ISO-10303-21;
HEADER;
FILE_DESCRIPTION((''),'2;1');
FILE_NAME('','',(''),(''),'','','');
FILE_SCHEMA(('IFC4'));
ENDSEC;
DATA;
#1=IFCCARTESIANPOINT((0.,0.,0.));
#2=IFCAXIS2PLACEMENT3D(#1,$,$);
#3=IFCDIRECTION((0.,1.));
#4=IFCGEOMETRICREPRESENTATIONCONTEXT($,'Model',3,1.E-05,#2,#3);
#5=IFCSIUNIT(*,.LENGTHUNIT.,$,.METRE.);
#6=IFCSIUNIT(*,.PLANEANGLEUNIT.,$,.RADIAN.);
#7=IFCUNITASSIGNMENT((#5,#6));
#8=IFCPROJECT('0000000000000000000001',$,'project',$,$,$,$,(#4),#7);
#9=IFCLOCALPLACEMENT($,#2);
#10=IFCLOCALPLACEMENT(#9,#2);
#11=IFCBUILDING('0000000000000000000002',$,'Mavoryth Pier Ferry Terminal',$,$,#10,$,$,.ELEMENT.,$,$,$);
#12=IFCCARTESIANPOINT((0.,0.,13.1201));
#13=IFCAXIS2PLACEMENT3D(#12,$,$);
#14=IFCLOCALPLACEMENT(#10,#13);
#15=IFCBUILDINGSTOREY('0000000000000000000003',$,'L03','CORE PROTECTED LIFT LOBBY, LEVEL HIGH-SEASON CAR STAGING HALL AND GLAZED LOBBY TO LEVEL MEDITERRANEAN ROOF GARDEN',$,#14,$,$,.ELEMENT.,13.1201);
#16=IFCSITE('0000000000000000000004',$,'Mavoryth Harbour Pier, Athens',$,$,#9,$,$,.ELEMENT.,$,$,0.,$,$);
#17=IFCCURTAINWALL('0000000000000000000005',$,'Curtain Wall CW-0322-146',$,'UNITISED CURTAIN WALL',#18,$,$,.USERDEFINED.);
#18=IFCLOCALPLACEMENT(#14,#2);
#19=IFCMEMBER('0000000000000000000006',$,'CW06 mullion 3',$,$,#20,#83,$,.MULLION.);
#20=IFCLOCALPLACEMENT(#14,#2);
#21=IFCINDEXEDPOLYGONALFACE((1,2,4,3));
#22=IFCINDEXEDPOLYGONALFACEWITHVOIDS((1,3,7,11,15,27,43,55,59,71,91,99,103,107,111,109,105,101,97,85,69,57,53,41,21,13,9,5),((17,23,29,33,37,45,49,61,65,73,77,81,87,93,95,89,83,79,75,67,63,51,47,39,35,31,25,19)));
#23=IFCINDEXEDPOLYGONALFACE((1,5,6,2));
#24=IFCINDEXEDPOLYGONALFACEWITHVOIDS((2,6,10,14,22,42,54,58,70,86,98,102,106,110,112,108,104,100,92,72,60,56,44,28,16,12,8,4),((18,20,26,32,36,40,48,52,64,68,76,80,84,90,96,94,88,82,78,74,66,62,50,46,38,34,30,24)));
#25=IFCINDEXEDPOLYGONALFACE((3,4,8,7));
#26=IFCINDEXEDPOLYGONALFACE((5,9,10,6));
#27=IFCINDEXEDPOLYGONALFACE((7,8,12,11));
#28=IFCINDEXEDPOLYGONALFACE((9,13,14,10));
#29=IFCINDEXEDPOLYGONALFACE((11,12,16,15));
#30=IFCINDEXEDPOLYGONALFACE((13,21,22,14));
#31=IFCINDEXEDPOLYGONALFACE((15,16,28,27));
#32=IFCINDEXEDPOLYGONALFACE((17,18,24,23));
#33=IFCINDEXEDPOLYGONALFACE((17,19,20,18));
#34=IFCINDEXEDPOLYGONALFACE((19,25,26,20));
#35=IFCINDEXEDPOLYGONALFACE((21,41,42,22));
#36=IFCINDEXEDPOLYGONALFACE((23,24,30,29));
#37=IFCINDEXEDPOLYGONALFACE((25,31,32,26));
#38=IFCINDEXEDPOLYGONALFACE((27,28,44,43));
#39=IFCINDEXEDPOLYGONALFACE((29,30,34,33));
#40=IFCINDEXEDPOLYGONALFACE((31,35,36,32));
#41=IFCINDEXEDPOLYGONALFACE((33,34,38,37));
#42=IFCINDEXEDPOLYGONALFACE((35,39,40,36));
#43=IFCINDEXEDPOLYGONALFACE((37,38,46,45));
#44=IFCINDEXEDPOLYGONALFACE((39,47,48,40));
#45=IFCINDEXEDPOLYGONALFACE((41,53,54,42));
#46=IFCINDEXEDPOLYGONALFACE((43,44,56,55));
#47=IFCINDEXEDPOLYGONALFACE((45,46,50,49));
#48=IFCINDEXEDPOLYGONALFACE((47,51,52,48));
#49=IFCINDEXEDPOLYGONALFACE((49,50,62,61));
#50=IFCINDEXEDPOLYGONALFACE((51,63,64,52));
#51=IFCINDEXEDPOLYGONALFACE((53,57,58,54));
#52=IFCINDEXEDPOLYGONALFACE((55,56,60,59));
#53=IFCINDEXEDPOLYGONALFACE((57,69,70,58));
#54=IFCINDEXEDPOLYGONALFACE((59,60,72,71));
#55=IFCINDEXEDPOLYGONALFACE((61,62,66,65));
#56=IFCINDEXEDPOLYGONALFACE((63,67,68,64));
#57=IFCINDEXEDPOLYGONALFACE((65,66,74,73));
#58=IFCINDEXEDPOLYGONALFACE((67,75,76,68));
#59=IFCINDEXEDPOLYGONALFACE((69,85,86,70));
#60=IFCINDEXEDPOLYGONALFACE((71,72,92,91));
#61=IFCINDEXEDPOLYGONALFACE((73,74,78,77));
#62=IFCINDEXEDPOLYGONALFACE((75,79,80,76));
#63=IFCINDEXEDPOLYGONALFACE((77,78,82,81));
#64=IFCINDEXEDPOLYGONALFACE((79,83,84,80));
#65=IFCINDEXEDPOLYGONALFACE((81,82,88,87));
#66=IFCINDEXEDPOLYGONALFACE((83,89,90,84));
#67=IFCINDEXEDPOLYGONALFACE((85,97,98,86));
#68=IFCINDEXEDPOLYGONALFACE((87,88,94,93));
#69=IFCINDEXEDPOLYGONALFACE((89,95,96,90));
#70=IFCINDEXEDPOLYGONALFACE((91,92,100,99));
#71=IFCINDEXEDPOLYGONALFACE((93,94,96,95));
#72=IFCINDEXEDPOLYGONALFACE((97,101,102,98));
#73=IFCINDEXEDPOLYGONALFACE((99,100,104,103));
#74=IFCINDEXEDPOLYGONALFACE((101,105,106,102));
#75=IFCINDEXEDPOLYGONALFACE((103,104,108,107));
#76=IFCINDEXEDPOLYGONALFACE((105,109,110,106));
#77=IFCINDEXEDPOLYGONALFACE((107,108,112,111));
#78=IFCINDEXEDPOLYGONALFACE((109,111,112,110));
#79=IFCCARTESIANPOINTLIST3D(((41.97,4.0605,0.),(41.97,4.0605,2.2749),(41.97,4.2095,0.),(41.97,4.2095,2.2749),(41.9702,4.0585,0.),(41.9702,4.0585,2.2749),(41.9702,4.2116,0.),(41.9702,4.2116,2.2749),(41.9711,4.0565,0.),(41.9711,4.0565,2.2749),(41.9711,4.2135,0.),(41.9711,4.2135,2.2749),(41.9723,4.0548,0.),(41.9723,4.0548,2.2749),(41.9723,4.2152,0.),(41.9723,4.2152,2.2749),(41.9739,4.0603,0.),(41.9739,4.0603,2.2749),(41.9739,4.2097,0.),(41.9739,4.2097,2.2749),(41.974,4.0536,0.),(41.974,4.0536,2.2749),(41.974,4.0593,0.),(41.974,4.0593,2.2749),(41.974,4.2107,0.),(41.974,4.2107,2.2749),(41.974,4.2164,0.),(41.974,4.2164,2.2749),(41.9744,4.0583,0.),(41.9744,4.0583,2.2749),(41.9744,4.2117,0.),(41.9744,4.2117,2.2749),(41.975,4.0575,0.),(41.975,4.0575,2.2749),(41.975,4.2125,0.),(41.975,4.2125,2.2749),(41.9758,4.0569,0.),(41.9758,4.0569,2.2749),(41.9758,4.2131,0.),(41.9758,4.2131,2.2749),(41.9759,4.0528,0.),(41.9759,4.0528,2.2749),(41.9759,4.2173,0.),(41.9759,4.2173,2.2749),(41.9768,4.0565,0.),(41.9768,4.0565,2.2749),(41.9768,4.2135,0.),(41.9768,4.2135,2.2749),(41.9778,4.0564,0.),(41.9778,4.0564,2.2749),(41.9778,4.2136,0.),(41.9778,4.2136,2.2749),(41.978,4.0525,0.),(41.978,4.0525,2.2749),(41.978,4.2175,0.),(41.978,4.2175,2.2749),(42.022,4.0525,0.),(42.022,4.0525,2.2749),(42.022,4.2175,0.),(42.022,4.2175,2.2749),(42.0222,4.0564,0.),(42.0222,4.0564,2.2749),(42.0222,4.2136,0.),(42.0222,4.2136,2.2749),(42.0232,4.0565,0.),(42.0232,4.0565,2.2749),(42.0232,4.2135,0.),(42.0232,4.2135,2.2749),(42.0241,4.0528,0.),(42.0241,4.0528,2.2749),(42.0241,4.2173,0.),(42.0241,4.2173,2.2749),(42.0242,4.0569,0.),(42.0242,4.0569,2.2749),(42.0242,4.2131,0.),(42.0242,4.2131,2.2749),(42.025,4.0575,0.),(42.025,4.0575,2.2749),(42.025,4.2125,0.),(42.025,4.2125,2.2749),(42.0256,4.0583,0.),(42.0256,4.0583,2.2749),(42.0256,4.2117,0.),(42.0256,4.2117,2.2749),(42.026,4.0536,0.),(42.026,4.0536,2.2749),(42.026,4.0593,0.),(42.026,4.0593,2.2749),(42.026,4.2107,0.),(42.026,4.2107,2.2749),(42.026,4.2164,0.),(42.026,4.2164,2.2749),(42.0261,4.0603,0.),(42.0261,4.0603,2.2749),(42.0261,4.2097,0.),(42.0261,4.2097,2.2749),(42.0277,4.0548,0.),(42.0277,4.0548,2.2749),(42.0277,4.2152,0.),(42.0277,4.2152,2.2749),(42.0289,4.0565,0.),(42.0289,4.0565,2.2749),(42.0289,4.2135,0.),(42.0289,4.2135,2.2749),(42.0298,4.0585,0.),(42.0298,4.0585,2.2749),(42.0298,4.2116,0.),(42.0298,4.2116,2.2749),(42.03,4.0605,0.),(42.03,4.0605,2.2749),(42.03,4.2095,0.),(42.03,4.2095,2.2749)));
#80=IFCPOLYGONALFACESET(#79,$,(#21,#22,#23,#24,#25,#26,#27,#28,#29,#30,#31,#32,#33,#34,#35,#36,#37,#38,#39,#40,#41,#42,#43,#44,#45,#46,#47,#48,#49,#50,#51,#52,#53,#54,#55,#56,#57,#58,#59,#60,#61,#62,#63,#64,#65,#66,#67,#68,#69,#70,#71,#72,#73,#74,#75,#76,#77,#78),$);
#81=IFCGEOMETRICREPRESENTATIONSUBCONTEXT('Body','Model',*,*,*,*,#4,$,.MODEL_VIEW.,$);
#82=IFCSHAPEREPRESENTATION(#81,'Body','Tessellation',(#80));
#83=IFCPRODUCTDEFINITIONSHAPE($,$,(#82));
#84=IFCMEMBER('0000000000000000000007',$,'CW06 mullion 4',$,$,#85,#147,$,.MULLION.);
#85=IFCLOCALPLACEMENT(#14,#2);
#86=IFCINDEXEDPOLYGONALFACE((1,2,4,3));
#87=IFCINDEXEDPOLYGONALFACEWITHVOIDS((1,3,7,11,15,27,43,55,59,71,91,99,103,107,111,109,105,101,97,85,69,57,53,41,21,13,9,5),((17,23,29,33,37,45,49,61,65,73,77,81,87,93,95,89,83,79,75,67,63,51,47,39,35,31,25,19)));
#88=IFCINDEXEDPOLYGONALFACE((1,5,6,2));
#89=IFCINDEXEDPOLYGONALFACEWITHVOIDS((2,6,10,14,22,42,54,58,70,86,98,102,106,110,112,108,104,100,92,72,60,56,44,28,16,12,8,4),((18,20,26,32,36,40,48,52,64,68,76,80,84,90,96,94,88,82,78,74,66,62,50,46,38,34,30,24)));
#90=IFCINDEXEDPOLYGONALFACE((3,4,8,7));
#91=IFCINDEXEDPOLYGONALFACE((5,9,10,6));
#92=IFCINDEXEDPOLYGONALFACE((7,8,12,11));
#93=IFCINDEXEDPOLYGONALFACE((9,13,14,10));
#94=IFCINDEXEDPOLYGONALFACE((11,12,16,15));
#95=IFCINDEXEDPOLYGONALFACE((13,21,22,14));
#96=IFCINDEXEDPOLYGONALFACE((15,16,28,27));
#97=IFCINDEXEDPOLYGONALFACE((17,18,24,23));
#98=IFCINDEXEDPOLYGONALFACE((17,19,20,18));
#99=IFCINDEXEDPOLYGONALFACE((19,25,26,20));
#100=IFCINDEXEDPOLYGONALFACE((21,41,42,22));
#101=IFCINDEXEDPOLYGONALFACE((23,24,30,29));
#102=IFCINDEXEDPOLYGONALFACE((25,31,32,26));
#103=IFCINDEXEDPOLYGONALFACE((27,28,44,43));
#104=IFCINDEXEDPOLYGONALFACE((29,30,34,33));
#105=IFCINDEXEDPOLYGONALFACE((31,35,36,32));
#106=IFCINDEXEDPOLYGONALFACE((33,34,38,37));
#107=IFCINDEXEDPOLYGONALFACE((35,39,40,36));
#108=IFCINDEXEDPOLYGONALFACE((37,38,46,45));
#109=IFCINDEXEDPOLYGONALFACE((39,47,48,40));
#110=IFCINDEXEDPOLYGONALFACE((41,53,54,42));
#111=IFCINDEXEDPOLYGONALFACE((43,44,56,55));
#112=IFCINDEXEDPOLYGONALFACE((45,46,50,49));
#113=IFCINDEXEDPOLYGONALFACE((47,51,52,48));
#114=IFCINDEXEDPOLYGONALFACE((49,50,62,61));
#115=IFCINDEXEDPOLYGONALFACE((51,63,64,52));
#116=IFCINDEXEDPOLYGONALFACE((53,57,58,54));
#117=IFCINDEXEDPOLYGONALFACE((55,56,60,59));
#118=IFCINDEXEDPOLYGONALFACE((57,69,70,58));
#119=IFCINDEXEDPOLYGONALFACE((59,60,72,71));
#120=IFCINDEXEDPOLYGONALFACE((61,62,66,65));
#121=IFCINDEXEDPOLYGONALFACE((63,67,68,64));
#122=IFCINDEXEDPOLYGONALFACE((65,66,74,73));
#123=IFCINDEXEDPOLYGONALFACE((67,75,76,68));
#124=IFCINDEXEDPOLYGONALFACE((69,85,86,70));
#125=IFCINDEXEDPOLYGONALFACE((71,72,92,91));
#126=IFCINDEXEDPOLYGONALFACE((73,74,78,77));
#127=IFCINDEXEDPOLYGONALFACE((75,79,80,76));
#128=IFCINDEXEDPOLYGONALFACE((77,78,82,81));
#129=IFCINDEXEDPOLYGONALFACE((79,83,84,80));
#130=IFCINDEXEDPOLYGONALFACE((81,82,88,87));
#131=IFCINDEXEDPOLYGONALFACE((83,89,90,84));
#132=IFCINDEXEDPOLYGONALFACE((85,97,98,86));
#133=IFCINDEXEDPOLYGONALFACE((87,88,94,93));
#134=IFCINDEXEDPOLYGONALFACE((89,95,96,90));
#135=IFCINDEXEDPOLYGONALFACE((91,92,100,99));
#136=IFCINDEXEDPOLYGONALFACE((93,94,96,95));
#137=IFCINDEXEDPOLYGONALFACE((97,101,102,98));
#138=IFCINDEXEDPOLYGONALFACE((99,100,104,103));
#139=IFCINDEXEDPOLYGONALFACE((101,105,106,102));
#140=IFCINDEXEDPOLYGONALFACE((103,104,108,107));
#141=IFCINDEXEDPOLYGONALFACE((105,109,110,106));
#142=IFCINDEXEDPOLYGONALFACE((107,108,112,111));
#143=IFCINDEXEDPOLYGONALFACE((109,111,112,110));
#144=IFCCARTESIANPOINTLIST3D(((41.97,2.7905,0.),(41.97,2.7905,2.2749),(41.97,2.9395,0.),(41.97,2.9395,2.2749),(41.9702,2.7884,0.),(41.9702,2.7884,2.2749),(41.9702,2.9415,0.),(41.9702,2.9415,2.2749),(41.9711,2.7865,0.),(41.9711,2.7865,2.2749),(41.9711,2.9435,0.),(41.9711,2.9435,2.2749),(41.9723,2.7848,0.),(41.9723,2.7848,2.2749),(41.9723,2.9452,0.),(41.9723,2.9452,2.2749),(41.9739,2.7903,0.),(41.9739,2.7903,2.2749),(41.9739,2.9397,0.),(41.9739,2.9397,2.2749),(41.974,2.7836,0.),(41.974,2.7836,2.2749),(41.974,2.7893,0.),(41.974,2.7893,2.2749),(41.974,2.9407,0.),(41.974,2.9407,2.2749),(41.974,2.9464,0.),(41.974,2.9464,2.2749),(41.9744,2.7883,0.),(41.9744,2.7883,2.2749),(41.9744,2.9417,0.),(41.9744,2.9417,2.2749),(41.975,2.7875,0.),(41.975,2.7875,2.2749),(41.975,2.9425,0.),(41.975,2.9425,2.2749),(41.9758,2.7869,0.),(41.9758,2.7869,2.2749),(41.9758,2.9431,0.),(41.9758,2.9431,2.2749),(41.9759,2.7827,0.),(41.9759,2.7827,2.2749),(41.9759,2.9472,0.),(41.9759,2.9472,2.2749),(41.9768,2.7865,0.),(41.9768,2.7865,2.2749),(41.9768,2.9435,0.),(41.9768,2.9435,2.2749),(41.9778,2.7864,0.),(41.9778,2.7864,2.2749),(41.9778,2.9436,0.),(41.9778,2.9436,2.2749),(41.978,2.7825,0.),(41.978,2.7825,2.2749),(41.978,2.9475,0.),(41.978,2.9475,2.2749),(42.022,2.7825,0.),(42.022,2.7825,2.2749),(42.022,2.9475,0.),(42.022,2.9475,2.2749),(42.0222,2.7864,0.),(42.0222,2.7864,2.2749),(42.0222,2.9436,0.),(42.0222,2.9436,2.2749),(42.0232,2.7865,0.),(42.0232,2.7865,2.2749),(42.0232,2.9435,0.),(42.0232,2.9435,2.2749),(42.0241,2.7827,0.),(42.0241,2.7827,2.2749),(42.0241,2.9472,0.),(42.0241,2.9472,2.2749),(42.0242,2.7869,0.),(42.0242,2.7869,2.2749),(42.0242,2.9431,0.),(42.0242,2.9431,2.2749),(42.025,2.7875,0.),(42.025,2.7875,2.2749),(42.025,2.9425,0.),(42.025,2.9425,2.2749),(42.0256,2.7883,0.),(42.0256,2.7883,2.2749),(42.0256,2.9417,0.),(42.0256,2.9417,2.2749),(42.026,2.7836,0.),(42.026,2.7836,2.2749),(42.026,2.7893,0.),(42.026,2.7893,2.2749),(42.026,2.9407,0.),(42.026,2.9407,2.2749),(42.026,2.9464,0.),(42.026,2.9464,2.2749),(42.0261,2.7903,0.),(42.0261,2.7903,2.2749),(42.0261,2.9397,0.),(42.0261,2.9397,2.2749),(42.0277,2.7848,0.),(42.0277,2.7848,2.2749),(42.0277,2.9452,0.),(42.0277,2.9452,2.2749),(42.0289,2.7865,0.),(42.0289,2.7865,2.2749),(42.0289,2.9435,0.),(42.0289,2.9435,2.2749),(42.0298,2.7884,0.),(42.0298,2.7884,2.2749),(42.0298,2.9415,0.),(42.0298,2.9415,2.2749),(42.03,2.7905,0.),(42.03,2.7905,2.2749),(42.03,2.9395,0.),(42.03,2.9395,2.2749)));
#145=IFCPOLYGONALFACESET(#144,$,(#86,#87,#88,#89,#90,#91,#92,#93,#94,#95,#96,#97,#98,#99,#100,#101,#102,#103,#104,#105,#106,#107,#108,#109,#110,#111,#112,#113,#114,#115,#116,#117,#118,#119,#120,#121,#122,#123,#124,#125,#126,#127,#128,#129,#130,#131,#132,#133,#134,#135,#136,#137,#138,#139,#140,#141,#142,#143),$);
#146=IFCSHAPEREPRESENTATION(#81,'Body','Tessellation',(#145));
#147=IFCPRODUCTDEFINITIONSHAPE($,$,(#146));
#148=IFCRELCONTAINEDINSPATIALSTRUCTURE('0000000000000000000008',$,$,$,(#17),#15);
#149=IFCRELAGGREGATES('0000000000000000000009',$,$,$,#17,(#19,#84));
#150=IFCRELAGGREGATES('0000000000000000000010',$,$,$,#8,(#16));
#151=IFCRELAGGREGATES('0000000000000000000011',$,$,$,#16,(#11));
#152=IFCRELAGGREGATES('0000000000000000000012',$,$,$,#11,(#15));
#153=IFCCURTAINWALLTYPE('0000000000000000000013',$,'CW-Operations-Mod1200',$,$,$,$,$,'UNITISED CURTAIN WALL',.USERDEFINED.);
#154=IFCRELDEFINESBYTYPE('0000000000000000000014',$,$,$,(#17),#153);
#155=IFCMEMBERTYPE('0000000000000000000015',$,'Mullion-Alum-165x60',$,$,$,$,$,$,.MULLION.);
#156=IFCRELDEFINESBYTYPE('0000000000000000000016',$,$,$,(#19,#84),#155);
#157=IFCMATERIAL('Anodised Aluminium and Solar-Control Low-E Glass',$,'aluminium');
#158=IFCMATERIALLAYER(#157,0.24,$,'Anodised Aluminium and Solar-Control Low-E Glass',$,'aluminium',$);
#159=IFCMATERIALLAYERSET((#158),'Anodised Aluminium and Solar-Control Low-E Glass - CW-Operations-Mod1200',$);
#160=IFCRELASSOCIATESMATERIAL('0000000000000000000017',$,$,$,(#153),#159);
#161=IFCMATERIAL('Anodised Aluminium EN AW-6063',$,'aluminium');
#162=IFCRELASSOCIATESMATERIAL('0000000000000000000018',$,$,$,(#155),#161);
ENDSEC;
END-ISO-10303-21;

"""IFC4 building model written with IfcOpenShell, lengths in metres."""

from ifc_helpers import new_model, si_unit, direction, frame, origin, origin_2d, place, context, subcontext, project, spatial, hollow_rectangle, extrude, material, layer, layer_set, material_profile, profile_set, type_object, element, aggregate, save


model = new_model("IFC4")

# Units and contexts
model_context = context("Model", 3, precision=1e-05, world=origin(), true_north=direction((0.0, 1.0)))
body_context = subcontext(model_context, "Body", "Model", "MODEL_VIEW")
ifc_project = project(units=[si_unit("LENGTHUNIT", "METRE"), si_unit("PLANEANGLEUNIT", "RADIAN")], contexts=[model_context])

# Site, building, storey
site_placement = place(None, origin())
site = spatial("IfcSite", under=ifc_project, at=site_placement, Name="Mavoryth Harbour Pier, Athens", CompositionType="ELEMENT", RefElevation=0.0)
building_placement = place(site_placement, origin())
building = spatial("IfcBuilding", under=site, at=building_placement, Name="Mavoryth Pier Ferry Terminal", CompositionType="ELEMENT")
storey_placement = place(building_placement, frame((0.0, 0.0, 13.1201)))
storey = spatial("IfcBuildingStorey", under=building, at=storey_placement, Name="L03", Description="CORE PROTECTED LIFT LOBBY, LEVEL HIGH-SEASON CAR STAGING HALL AND GLAZED LOBBY TO LEVEL MEDITERRANEAN ROOF GARDEN", CompositionType="ELEMENT", Elevation=13.1201)

# Curtain wall, members
ifc_material_1 = material(Name="Anodised Aluminium and Solar-Control Low-E Glass", Category="aluminium")
ifc_layer_1 = layer(ifc_material_1, 0.24, Name="Anodised Aluminium and Solar-Control Low-E Glass", Category="aluminium")
ifc_layer_set_1 = layer_set([ifc_layer_1], Name="Anodised Aluminium and Solar-Control Low-E Glass - CW-Operations-Mod1200")
curtain_wall_type = type_object("IfcCurtainWallType", Name="CW-Operations-Mod1200", ElementType="UNITISED CURTAIN WALL", PredefinedType="USERDEFINED", material=ifc_layer_set_1)
curtain_wall_placement = place(storey_placement, origin())
curtain_wall = element("IfcCurtainWall", 1, at=curtain_wall_placement, inside=storey, type_object=curtain_wall_type, Name="Curtain Wall CW-0322-146", ObjectType="UNITISED CURTAIN WALL", PredefinedType="USERDEFINED")
ifc_material_2 = material(Name="Anodised Aluminium EN AW-6063", Category="aluminium")
ifc_material_profile_1 = material_profile(ifc_material_2, hollow_rectangle(XDim=0.0601, YDim=0.165, WallThickness=0.0039, InnerFilletRadius=0.0039, OuterFilletRadius=0.0081, at=origin_2d()), Name="AL-MULL 165x60x4", Category="aluminium")
ifc_profile_set_1 = profile_set([ifc_material_profile_1], Name="Anodised Aluminium EN AW-6063 - AL-MULL 165x60x4")
member_type = type_object("IfcMemberType", Name="Mullion-Alum-165x60", PredefinedType="MULLION", material=ifc_profile_set_1)
member_1_placement = place(storey_placement, frame((42.0, 4.135, 0.0), z_axis=(0.0, 0.0, 1.0), x_axis=(1.0, 0.0, 0.0)))
member_1 = element("IfcMember", 2, at=member_1_placement, type_object=member_type, Name="CW06 mullion 3", PredefinedType="MULLION", context=body_context, shape_type="SweptSolid", body=[
    extrude(hollow_rectangle(XDim=0.0601, YDim=0.165, WallThickness=0.0039, InnerFilletRadius=0.0039, OuterFilletRadius=0.0081, at=origin_2d()), origin(), (0.0, 0.0, 1.0), 2.2749),
])
member_2_placement = place(storey_placement, frame((42.0, 2.865, 0.0), z_axis=(0.0, 0.0, 1.0), x_axis=(1.0, 0.0, 0.0)))
member_2 = element("IfcMember", 3, at=member_2_placement, type_object=member_type, Name="CW06 mullion 4", PredefinedType="MULLION", context=body_context, shape_type="SweptSolid", body=[
    extrude(hollow_rectangle(XDim=0.0601, YDim=0.165, WallThickness=0.0039, InnerFilletRadius=0.0039, OuterFilletRadius=0.0081, at=origin_2d()), origin(), (0.0, 0.0, 1.0), 2.2749),
])
aggregate(curtain_wall, [member_1, member_2])

save(model, "model.ifc")
